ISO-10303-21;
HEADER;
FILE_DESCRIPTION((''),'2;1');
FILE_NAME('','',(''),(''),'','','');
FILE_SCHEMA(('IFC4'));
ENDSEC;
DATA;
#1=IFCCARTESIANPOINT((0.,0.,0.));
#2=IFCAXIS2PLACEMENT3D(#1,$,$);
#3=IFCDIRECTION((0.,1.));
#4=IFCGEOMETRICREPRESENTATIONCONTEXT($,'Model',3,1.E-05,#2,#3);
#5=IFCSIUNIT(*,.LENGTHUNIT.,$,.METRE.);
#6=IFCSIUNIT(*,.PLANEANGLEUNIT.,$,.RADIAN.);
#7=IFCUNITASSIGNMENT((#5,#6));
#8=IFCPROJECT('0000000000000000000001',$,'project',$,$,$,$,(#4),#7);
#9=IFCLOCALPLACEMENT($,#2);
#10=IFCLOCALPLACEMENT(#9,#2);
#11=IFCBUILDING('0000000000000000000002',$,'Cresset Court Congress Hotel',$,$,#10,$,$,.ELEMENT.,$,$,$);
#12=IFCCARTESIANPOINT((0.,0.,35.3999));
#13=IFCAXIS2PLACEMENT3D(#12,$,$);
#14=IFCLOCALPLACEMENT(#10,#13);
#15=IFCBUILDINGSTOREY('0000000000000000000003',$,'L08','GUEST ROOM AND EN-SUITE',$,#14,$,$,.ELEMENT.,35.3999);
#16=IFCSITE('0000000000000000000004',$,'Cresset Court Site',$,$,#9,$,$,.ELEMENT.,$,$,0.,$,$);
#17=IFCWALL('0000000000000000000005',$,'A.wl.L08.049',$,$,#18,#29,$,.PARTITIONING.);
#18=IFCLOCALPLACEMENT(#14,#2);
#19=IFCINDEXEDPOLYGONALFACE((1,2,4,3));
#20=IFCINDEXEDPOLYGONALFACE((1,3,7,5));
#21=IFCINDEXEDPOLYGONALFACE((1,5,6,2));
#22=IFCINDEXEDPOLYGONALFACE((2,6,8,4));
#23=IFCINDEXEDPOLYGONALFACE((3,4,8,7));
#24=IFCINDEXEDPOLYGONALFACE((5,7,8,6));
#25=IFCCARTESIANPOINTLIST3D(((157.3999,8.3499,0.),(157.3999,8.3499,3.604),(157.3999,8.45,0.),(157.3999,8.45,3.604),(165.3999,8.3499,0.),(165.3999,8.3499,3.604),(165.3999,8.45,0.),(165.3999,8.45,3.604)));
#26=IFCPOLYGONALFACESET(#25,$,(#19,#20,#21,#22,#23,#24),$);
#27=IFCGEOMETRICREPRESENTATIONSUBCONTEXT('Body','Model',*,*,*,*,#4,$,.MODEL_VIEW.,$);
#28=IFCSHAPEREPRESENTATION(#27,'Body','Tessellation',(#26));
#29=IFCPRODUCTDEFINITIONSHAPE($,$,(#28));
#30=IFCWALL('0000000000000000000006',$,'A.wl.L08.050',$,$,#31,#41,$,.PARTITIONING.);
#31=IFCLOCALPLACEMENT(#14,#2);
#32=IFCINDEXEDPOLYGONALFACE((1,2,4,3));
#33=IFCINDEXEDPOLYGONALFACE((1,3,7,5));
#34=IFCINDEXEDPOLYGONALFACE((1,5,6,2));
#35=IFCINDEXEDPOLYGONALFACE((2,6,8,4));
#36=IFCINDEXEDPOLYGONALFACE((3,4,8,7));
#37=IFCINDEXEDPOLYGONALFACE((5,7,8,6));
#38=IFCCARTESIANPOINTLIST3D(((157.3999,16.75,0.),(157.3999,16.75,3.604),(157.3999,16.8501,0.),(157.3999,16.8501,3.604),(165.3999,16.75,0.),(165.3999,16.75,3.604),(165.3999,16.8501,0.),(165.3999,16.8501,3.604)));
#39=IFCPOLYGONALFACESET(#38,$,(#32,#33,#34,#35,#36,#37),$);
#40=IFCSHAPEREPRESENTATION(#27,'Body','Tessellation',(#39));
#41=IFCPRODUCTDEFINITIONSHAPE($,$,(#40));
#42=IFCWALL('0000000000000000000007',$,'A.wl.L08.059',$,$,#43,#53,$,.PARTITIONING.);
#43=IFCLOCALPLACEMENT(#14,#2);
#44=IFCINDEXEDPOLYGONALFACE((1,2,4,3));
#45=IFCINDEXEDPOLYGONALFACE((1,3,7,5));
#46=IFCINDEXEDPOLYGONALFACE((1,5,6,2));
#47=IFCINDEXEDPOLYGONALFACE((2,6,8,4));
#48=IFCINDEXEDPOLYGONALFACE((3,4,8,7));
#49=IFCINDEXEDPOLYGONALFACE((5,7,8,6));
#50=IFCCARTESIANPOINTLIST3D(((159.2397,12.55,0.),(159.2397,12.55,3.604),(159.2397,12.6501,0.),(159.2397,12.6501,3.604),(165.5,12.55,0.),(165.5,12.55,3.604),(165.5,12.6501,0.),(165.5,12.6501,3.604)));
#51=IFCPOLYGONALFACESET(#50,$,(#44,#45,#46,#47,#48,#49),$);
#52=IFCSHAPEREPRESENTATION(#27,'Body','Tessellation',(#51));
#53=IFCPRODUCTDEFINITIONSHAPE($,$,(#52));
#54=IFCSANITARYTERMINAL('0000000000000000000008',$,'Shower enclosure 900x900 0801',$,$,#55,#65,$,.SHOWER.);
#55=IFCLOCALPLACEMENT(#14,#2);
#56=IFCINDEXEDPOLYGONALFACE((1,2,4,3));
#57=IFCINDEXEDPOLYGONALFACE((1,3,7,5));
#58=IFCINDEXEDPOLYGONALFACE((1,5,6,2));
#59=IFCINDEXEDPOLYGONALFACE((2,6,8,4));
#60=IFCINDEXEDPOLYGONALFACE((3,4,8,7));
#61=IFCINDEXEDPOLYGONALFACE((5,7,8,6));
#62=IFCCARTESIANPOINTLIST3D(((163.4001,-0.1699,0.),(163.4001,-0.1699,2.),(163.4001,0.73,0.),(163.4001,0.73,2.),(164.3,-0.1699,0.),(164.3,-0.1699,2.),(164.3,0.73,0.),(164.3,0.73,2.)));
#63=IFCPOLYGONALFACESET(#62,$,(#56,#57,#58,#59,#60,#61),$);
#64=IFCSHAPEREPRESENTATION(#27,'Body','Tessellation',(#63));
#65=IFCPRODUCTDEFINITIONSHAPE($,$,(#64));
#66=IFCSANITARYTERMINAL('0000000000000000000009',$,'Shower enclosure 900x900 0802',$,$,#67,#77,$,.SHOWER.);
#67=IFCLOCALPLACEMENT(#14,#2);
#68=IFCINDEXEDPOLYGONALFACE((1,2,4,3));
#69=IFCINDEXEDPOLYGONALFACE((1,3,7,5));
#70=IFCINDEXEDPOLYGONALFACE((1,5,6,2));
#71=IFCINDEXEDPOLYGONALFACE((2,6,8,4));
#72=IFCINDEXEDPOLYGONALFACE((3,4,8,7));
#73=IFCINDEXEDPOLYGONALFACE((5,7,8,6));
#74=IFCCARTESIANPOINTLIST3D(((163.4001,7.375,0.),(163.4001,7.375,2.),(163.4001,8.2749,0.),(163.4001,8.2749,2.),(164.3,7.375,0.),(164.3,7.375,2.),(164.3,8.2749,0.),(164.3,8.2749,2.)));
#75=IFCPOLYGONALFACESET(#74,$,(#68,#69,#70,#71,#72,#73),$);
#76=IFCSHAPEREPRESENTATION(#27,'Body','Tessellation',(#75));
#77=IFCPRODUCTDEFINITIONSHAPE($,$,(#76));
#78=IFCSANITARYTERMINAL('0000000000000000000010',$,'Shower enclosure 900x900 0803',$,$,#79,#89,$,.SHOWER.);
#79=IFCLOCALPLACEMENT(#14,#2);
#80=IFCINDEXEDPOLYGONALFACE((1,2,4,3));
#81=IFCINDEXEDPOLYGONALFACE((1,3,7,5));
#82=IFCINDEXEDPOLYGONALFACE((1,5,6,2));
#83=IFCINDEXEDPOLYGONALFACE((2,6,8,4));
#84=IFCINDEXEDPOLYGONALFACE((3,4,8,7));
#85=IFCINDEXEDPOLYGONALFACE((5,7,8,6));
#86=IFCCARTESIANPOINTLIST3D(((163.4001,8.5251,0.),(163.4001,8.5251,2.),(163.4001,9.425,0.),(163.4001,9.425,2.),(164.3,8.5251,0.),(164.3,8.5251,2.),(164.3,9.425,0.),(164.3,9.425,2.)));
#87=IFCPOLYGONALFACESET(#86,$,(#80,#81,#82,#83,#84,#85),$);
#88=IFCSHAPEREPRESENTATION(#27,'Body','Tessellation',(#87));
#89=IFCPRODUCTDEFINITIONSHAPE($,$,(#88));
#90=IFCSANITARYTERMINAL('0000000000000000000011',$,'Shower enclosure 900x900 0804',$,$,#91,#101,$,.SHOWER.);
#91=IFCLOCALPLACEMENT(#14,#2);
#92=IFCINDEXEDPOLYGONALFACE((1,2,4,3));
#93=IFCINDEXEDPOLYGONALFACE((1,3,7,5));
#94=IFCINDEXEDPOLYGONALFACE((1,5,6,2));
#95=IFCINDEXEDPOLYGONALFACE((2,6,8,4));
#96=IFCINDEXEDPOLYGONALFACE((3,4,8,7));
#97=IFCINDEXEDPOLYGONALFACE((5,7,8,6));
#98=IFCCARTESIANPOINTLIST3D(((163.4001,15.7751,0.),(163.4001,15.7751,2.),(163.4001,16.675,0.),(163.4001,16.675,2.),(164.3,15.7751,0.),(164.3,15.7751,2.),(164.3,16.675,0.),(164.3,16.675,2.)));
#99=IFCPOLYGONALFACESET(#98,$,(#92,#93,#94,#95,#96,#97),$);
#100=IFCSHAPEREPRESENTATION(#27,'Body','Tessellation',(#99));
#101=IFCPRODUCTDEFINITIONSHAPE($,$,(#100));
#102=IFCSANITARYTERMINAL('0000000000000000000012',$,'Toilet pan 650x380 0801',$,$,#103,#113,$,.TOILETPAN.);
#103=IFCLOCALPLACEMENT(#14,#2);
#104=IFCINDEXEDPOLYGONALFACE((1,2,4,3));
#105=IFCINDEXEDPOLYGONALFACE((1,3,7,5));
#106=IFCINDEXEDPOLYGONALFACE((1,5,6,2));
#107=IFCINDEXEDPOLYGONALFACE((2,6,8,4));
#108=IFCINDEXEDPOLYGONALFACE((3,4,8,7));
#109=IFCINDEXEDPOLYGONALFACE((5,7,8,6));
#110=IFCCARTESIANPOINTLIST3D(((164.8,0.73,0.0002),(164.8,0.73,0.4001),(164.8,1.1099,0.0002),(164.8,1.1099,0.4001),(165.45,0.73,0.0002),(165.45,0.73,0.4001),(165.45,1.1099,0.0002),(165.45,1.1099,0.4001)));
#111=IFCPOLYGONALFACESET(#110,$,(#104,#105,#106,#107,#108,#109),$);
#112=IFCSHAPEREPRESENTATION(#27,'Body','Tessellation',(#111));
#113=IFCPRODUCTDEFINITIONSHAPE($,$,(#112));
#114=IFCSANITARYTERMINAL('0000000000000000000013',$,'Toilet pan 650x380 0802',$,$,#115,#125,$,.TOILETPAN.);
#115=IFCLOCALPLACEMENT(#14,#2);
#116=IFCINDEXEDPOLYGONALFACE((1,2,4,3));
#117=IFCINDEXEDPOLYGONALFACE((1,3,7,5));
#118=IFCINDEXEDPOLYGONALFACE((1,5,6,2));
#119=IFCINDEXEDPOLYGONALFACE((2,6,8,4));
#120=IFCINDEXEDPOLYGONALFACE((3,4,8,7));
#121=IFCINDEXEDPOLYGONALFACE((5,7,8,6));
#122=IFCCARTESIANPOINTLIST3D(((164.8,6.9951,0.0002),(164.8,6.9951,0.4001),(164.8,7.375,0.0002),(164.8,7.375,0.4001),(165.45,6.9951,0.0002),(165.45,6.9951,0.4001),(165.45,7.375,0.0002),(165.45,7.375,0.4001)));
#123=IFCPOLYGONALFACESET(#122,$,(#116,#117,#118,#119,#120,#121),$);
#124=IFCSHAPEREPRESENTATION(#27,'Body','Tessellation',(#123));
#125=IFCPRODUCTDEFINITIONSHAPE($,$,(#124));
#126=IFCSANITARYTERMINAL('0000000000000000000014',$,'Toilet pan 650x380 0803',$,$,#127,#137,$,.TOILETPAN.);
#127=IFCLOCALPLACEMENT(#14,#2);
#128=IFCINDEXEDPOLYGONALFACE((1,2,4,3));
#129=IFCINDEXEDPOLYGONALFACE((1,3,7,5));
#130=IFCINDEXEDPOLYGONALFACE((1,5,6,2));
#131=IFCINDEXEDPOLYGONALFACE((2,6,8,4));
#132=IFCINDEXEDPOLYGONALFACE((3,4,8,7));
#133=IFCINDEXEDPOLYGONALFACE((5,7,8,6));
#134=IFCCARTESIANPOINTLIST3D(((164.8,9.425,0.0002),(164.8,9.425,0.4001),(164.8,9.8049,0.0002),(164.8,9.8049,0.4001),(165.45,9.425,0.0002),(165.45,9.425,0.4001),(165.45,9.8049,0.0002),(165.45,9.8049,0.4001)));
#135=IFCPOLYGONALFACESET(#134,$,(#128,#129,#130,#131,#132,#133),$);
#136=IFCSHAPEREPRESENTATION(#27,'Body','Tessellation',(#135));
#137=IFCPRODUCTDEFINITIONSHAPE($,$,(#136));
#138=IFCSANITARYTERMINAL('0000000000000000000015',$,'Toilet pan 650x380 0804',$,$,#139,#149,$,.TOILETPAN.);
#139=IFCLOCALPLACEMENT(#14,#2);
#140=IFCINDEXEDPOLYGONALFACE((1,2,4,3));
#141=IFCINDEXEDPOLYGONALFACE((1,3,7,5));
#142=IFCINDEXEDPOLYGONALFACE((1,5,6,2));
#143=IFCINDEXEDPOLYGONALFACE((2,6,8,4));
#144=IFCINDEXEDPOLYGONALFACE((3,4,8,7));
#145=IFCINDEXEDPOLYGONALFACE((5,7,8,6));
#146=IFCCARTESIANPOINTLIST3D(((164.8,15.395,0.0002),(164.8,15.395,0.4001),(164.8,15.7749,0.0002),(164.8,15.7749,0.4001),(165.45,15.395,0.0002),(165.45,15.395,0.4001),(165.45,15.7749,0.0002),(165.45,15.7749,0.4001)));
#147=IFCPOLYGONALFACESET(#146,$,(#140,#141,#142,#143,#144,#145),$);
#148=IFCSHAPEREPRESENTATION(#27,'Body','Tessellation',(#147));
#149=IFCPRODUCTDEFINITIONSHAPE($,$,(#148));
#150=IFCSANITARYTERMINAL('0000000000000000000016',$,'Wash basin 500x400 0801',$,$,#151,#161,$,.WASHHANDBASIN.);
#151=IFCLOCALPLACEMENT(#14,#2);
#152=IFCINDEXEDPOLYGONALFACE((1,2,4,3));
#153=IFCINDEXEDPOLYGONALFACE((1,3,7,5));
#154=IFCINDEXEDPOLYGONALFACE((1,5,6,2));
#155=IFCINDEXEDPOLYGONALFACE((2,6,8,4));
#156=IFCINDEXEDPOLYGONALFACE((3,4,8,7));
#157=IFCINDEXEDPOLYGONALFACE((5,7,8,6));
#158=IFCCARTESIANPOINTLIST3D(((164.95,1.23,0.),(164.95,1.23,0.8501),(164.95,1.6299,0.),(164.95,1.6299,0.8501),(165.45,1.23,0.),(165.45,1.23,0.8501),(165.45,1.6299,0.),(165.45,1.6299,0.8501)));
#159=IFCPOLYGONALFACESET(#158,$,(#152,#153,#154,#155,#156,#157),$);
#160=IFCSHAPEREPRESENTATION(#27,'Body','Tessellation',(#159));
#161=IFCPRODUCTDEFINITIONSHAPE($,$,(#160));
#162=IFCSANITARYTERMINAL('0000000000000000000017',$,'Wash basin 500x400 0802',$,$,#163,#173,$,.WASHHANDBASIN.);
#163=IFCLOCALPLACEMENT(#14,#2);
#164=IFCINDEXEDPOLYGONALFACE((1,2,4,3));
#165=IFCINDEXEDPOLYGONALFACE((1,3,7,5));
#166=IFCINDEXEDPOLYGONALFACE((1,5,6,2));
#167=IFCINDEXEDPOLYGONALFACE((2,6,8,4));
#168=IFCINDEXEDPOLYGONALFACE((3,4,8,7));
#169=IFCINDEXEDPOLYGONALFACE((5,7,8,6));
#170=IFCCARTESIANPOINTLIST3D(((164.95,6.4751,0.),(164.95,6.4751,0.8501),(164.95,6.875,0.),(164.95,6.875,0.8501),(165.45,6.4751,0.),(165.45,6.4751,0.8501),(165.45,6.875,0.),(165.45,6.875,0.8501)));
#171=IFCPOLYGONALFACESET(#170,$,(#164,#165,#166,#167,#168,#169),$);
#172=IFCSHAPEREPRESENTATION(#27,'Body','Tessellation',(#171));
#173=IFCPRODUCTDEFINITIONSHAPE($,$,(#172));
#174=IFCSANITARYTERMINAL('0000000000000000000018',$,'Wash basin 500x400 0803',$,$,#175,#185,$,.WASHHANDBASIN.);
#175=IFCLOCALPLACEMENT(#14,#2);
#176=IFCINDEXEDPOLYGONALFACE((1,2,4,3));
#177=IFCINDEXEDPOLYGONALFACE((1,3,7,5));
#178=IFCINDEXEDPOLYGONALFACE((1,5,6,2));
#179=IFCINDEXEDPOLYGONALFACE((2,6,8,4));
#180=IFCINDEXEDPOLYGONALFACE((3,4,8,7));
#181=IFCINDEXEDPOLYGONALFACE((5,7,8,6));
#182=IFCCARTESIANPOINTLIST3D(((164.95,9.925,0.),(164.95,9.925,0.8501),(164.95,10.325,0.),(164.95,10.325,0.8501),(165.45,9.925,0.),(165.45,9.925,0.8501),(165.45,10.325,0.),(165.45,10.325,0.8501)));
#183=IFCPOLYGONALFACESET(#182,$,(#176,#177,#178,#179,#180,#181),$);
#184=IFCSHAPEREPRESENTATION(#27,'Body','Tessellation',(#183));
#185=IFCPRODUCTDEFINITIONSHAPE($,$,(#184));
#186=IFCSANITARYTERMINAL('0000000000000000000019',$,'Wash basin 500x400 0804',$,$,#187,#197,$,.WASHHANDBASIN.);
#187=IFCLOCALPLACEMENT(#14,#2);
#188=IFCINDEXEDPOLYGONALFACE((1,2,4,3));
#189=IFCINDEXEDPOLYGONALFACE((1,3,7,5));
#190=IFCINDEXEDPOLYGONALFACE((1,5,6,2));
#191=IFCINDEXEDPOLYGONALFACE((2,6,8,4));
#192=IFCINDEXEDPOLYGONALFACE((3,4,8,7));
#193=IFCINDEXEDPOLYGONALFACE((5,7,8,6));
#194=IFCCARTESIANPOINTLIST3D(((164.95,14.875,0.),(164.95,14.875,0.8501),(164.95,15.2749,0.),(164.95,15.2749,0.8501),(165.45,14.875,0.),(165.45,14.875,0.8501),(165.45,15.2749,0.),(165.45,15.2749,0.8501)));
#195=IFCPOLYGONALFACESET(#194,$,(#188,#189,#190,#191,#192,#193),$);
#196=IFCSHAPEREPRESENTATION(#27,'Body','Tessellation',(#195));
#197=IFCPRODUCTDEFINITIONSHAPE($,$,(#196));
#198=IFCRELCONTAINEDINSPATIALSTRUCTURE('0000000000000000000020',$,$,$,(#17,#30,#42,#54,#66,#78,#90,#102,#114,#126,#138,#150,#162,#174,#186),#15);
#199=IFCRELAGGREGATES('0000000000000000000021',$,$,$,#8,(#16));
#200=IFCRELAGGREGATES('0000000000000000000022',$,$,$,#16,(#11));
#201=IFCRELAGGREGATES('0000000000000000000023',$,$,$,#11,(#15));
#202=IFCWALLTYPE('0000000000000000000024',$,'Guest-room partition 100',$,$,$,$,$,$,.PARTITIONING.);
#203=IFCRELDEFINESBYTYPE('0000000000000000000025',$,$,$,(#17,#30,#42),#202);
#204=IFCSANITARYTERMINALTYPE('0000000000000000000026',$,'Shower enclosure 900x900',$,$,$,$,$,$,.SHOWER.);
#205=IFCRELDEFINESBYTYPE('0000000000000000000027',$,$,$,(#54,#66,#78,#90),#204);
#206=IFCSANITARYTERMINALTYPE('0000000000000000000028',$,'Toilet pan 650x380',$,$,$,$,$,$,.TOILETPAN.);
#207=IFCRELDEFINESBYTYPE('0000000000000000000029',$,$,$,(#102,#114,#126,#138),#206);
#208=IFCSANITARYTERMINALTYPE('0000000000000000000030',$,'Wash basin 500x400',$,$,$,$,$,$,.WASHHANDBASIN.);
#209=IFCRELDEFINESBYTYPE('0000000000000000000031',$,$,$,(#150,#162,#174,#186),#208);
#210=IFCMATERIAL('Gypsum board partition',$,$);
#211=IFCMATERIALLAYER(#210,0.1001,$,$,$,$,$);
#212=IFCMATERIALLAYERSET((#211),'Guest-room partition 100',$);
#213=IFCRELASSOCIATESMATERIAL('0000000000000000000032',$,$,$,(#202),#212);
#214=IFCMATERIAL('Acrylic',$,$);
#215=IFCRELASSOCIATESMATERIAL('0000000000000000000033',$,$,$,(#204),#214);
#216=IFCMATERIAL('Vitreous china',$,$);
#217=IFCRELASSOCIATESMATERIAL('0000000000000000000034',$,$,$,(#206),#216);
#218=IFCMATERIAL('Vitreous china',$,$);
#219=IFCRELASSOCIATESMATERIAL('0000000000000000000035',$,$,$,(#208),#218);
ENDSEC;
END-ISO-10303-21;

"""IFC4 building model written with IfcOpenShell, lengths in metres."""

from ifc_helpers import new_model, si_unit, direction, frame, frame_2d, origin, origin_2d, place, context, subcontext, project, spatial, rectangle, extrude, material, layer, layer_set, type_object, element, save


model = new_model("IFC4")

# Units and contexts
model_context = context("Model", 3, precision=1e-05, world=origin(), true_north=direction((0.0, 1.0)))
body_context = subcontext(model_context, "Body", "Model", "MODEL_VIEW")
ifc_project = project(units=[si_unit("LENGTHUNIT", "METRE"), si_unit("PLANEANGLEUNIT", "RADIAN")], contexts=[model_context])

# Site, building, storey
site_placement = place(None, origin())
site = spatial("IfcSite", under=ifc_project, at=site_placement, Name="Cresset Court Site", CompositionType="ELEMENT", RefElevation=0.0)
building_placement = place(site_placement, origin())
building = spatial("IfcBuilding", under=site, at=building_placement, Name="Cresset Court Congress Hotel", CompositionType="ELEMENT")
storey_placement = place(building_placement, frame((0.0, 0.0, 35.3999)))
storey = spatial("IfcBuildingStorey", under=building, at=storey_placement, Name="L08", Description="GUEST ROOM AND EN-SUITE", CompositionType="ELEMENT", Elevation=35.3999)

# Walls
ifc_material_1 = material(Name="Gypsum board partition")
ifc_layer_1 = layer(ifc_material_1, 0.1001)
ifc_layer_set_1 = layer_set([ifc_layer_1], Name="Guest-room partition 100")
wall_type_1 = type_object("IfcWallType", Name="Guest-room partition 100", PredefinedType="PARTITIONING", material=ifc_layer_set_1)
for number, where, z_axis, x_axis, name in (
    (1, (157.3999, 8.3999, 0.0), (0.0, 0.0, 1.0), (1.0, 0.0, 0.0), "A.wl.L08.049"),
    (2, (157.3999, 16.8, 0.0), (0.0, 0.0, 1.0), (1.0, 0.0, 0.0), "A.wl.L08.050"),
):
    element("IfcWall", number, at=place(storey_placement, frame(where, z_axis=z_axis, x_axis=x_axis)), inside=storey, type_object=wall_type_1, Name=name, PredefinedType="PARTITIONING", context=body_context, shape_type="SweptSolid", body=[
        extrude(rectangle(XDim=8.0, YDim=0.1001, at=frame_2d((4.0, 0.0))), origin(), (0.0, 0.0, 1.0), 3.604),
    ])
wall_1_placement = place(storey_placement, frame((159.2397, 12.6001, 0.0), z_axis=(0.0, 0.0, 1.0), x_axis=(1.0, 0.0, 0.0)))
element("IfcWall", 3, at=wall_1_placement, inside=storey, type_object=wall_type_1, Name="A.wl.L08.059", PredefinedType="PARTITIONING", context=body_context, shape_type="SweptSolid", body=[
    extrude(rectangle(XDim=6.2603, YDim=0.1001, at=frame_2d((3.1301, 0.0))), origin(), (0.0, 0.0, 1.0), 3.604),
])

# Sanitary terminals
ifc_material_2 = material(Name="Acrylic")
sanitary_terminal_type_1 = type_object("IfcSanitaryTerminalType", Name="Shower enclosure 900x900", PredefinedType="SHOWER", material=ifc_material_2)
for number, where, z_axis, x_axis, name in (
    (4, (163.8501, 0.28, 0.0), (0.0, 0.0, 1.0), (1.0, 0.0, 0.0), "Shower enclosure 900x900 0801"),
    (5, (163.8501, 7.825, 0.0), (0.0, 0.0, 1.0), (1.0, 0.0, 0.0), "Shower enclosure 900x900 0802"),
    (6, (163.8501, 8.9751, 0.0), (0.0, 0.0, 1.0), (1.0, 0.0, 0.0), "Shower enclosure 900x900 0803"),
    (7, (163.8501, 16.2251, 0.0), (0.0, 0.0, 1.0), (1.0, 0.0, 0.0), "Shower enclosure 900x900 0804"),
):
    element("IfcSanitaryTerminal", number, at=place(storey_placement, frame(where, z_axis=z_axis, x_axis=x_axis)), inside=storey, type_object=sanitary_terminal_type_1, Name=name, PredefinedType="SHOWER", context=body_context, shape_type="SweptSolid", body=[
        extrude(rectangle(XDim=0.8999, YDim=0.8999, at=origin_2d()), origin(), (0.0, 0.0, 1.0), 2.0),
    ])
ifc_material_3 = material(Name="Vitreous china")
sanitary_terminal_type_2 = type_object("IfcSanitaryTerminalType", Name="Toilet pan 650x380", PredefinedType="TOILETPAN", material=ifc_material_3)
for number, where, z_axis, x_axis, name in (
    (8, (165.125, 0.9199, 0.0002), (0.0, 0.0, 1.0), (1.0, 0.0, 0.0), "Toilet pan 650x380 0801"),
    (9, (165.125, 7.1851, 0.0002), (0.0, 0.0, 1.0), (1.0, 0.0, 0.0), "Toilet pan 650x380 0802"),
    (10, (165.125, 9.615, 0.0002), (0.0, 0.0, 1.0), (1.0, 0.0, 0.0), "Toilet pan 650x380 0803"),
    (11, (165.125, 15.585, 0.0002), (0.0, 0.0, 1.0), (1.0, 0.0, 0.0), "Toilet pan 650x380 0804"),
):
    element("IfcSanitaryTerminal", number, at=place(storey_placement, frame(where, z_axis=z_axis, x_axis=x_axis)), inside=storey, type_object=sanitary_terminal_type_2, Name=name, PredefinedType="TOILETPAN", context=body_context, shape_type="SweptSolid", body=[
        extrude(rectangle(XDim=0.6499, YDim=0.3799, at=origin_2d()), origin(), (0.0, 0.0, 1.0), 0.3999),
    ])
ifc_material_4 = material(Name="Vitreous china")
sanitary_terminal_type_3 = type_object("IfcSanitaryTerminalType", Name="Wash basin 500x400", PredefinedType="WASHHANDBASIN", material=ifc_material_4)
for number, where, z_axis, x_axis, name in (
    (12, (165.2, 1.4299, 0.0), (0.0, 0.0, 1.0), (1.0, 0.0, 0.0), "Wash basin 500x400 0801"),
    (13, (165.2, 6.675, 0.0), (0.0, 0.0, 1.0), (1.0, 0.0, 0.0), "Wash basin 500x400 0802"),
    (14, (165.2, 10.125, 0.0), (0.0, 0.0, 1.0), (1.0, 0.0, 0.0), "Wash basin 500x400 0803"),
    (15, (165.2, 15.075, 0.0), (0.0, 0.0, 1.0), (1.0, 0.0, 0.0), "Wash basin 500x400 0804"),
):
    element("IfcSanitaryTerminal", number, at=place(storey_placement, frame(where, z_axis=z_axis, x_axis=x_axis)), inside=storey, type_object=sanitary_terminal_type_3, Name=name, PredefinedType="WASHHANDBASIN", context=body_context, shape_type="SweptSolid", body=[
        extrude(rectangle(XDim=0.5, YDim=0.3999, at=origin_2d()), origin(), (0.0, 0.0, 1.0), 0.8501),
    ])

save(model, "model.ifc")
